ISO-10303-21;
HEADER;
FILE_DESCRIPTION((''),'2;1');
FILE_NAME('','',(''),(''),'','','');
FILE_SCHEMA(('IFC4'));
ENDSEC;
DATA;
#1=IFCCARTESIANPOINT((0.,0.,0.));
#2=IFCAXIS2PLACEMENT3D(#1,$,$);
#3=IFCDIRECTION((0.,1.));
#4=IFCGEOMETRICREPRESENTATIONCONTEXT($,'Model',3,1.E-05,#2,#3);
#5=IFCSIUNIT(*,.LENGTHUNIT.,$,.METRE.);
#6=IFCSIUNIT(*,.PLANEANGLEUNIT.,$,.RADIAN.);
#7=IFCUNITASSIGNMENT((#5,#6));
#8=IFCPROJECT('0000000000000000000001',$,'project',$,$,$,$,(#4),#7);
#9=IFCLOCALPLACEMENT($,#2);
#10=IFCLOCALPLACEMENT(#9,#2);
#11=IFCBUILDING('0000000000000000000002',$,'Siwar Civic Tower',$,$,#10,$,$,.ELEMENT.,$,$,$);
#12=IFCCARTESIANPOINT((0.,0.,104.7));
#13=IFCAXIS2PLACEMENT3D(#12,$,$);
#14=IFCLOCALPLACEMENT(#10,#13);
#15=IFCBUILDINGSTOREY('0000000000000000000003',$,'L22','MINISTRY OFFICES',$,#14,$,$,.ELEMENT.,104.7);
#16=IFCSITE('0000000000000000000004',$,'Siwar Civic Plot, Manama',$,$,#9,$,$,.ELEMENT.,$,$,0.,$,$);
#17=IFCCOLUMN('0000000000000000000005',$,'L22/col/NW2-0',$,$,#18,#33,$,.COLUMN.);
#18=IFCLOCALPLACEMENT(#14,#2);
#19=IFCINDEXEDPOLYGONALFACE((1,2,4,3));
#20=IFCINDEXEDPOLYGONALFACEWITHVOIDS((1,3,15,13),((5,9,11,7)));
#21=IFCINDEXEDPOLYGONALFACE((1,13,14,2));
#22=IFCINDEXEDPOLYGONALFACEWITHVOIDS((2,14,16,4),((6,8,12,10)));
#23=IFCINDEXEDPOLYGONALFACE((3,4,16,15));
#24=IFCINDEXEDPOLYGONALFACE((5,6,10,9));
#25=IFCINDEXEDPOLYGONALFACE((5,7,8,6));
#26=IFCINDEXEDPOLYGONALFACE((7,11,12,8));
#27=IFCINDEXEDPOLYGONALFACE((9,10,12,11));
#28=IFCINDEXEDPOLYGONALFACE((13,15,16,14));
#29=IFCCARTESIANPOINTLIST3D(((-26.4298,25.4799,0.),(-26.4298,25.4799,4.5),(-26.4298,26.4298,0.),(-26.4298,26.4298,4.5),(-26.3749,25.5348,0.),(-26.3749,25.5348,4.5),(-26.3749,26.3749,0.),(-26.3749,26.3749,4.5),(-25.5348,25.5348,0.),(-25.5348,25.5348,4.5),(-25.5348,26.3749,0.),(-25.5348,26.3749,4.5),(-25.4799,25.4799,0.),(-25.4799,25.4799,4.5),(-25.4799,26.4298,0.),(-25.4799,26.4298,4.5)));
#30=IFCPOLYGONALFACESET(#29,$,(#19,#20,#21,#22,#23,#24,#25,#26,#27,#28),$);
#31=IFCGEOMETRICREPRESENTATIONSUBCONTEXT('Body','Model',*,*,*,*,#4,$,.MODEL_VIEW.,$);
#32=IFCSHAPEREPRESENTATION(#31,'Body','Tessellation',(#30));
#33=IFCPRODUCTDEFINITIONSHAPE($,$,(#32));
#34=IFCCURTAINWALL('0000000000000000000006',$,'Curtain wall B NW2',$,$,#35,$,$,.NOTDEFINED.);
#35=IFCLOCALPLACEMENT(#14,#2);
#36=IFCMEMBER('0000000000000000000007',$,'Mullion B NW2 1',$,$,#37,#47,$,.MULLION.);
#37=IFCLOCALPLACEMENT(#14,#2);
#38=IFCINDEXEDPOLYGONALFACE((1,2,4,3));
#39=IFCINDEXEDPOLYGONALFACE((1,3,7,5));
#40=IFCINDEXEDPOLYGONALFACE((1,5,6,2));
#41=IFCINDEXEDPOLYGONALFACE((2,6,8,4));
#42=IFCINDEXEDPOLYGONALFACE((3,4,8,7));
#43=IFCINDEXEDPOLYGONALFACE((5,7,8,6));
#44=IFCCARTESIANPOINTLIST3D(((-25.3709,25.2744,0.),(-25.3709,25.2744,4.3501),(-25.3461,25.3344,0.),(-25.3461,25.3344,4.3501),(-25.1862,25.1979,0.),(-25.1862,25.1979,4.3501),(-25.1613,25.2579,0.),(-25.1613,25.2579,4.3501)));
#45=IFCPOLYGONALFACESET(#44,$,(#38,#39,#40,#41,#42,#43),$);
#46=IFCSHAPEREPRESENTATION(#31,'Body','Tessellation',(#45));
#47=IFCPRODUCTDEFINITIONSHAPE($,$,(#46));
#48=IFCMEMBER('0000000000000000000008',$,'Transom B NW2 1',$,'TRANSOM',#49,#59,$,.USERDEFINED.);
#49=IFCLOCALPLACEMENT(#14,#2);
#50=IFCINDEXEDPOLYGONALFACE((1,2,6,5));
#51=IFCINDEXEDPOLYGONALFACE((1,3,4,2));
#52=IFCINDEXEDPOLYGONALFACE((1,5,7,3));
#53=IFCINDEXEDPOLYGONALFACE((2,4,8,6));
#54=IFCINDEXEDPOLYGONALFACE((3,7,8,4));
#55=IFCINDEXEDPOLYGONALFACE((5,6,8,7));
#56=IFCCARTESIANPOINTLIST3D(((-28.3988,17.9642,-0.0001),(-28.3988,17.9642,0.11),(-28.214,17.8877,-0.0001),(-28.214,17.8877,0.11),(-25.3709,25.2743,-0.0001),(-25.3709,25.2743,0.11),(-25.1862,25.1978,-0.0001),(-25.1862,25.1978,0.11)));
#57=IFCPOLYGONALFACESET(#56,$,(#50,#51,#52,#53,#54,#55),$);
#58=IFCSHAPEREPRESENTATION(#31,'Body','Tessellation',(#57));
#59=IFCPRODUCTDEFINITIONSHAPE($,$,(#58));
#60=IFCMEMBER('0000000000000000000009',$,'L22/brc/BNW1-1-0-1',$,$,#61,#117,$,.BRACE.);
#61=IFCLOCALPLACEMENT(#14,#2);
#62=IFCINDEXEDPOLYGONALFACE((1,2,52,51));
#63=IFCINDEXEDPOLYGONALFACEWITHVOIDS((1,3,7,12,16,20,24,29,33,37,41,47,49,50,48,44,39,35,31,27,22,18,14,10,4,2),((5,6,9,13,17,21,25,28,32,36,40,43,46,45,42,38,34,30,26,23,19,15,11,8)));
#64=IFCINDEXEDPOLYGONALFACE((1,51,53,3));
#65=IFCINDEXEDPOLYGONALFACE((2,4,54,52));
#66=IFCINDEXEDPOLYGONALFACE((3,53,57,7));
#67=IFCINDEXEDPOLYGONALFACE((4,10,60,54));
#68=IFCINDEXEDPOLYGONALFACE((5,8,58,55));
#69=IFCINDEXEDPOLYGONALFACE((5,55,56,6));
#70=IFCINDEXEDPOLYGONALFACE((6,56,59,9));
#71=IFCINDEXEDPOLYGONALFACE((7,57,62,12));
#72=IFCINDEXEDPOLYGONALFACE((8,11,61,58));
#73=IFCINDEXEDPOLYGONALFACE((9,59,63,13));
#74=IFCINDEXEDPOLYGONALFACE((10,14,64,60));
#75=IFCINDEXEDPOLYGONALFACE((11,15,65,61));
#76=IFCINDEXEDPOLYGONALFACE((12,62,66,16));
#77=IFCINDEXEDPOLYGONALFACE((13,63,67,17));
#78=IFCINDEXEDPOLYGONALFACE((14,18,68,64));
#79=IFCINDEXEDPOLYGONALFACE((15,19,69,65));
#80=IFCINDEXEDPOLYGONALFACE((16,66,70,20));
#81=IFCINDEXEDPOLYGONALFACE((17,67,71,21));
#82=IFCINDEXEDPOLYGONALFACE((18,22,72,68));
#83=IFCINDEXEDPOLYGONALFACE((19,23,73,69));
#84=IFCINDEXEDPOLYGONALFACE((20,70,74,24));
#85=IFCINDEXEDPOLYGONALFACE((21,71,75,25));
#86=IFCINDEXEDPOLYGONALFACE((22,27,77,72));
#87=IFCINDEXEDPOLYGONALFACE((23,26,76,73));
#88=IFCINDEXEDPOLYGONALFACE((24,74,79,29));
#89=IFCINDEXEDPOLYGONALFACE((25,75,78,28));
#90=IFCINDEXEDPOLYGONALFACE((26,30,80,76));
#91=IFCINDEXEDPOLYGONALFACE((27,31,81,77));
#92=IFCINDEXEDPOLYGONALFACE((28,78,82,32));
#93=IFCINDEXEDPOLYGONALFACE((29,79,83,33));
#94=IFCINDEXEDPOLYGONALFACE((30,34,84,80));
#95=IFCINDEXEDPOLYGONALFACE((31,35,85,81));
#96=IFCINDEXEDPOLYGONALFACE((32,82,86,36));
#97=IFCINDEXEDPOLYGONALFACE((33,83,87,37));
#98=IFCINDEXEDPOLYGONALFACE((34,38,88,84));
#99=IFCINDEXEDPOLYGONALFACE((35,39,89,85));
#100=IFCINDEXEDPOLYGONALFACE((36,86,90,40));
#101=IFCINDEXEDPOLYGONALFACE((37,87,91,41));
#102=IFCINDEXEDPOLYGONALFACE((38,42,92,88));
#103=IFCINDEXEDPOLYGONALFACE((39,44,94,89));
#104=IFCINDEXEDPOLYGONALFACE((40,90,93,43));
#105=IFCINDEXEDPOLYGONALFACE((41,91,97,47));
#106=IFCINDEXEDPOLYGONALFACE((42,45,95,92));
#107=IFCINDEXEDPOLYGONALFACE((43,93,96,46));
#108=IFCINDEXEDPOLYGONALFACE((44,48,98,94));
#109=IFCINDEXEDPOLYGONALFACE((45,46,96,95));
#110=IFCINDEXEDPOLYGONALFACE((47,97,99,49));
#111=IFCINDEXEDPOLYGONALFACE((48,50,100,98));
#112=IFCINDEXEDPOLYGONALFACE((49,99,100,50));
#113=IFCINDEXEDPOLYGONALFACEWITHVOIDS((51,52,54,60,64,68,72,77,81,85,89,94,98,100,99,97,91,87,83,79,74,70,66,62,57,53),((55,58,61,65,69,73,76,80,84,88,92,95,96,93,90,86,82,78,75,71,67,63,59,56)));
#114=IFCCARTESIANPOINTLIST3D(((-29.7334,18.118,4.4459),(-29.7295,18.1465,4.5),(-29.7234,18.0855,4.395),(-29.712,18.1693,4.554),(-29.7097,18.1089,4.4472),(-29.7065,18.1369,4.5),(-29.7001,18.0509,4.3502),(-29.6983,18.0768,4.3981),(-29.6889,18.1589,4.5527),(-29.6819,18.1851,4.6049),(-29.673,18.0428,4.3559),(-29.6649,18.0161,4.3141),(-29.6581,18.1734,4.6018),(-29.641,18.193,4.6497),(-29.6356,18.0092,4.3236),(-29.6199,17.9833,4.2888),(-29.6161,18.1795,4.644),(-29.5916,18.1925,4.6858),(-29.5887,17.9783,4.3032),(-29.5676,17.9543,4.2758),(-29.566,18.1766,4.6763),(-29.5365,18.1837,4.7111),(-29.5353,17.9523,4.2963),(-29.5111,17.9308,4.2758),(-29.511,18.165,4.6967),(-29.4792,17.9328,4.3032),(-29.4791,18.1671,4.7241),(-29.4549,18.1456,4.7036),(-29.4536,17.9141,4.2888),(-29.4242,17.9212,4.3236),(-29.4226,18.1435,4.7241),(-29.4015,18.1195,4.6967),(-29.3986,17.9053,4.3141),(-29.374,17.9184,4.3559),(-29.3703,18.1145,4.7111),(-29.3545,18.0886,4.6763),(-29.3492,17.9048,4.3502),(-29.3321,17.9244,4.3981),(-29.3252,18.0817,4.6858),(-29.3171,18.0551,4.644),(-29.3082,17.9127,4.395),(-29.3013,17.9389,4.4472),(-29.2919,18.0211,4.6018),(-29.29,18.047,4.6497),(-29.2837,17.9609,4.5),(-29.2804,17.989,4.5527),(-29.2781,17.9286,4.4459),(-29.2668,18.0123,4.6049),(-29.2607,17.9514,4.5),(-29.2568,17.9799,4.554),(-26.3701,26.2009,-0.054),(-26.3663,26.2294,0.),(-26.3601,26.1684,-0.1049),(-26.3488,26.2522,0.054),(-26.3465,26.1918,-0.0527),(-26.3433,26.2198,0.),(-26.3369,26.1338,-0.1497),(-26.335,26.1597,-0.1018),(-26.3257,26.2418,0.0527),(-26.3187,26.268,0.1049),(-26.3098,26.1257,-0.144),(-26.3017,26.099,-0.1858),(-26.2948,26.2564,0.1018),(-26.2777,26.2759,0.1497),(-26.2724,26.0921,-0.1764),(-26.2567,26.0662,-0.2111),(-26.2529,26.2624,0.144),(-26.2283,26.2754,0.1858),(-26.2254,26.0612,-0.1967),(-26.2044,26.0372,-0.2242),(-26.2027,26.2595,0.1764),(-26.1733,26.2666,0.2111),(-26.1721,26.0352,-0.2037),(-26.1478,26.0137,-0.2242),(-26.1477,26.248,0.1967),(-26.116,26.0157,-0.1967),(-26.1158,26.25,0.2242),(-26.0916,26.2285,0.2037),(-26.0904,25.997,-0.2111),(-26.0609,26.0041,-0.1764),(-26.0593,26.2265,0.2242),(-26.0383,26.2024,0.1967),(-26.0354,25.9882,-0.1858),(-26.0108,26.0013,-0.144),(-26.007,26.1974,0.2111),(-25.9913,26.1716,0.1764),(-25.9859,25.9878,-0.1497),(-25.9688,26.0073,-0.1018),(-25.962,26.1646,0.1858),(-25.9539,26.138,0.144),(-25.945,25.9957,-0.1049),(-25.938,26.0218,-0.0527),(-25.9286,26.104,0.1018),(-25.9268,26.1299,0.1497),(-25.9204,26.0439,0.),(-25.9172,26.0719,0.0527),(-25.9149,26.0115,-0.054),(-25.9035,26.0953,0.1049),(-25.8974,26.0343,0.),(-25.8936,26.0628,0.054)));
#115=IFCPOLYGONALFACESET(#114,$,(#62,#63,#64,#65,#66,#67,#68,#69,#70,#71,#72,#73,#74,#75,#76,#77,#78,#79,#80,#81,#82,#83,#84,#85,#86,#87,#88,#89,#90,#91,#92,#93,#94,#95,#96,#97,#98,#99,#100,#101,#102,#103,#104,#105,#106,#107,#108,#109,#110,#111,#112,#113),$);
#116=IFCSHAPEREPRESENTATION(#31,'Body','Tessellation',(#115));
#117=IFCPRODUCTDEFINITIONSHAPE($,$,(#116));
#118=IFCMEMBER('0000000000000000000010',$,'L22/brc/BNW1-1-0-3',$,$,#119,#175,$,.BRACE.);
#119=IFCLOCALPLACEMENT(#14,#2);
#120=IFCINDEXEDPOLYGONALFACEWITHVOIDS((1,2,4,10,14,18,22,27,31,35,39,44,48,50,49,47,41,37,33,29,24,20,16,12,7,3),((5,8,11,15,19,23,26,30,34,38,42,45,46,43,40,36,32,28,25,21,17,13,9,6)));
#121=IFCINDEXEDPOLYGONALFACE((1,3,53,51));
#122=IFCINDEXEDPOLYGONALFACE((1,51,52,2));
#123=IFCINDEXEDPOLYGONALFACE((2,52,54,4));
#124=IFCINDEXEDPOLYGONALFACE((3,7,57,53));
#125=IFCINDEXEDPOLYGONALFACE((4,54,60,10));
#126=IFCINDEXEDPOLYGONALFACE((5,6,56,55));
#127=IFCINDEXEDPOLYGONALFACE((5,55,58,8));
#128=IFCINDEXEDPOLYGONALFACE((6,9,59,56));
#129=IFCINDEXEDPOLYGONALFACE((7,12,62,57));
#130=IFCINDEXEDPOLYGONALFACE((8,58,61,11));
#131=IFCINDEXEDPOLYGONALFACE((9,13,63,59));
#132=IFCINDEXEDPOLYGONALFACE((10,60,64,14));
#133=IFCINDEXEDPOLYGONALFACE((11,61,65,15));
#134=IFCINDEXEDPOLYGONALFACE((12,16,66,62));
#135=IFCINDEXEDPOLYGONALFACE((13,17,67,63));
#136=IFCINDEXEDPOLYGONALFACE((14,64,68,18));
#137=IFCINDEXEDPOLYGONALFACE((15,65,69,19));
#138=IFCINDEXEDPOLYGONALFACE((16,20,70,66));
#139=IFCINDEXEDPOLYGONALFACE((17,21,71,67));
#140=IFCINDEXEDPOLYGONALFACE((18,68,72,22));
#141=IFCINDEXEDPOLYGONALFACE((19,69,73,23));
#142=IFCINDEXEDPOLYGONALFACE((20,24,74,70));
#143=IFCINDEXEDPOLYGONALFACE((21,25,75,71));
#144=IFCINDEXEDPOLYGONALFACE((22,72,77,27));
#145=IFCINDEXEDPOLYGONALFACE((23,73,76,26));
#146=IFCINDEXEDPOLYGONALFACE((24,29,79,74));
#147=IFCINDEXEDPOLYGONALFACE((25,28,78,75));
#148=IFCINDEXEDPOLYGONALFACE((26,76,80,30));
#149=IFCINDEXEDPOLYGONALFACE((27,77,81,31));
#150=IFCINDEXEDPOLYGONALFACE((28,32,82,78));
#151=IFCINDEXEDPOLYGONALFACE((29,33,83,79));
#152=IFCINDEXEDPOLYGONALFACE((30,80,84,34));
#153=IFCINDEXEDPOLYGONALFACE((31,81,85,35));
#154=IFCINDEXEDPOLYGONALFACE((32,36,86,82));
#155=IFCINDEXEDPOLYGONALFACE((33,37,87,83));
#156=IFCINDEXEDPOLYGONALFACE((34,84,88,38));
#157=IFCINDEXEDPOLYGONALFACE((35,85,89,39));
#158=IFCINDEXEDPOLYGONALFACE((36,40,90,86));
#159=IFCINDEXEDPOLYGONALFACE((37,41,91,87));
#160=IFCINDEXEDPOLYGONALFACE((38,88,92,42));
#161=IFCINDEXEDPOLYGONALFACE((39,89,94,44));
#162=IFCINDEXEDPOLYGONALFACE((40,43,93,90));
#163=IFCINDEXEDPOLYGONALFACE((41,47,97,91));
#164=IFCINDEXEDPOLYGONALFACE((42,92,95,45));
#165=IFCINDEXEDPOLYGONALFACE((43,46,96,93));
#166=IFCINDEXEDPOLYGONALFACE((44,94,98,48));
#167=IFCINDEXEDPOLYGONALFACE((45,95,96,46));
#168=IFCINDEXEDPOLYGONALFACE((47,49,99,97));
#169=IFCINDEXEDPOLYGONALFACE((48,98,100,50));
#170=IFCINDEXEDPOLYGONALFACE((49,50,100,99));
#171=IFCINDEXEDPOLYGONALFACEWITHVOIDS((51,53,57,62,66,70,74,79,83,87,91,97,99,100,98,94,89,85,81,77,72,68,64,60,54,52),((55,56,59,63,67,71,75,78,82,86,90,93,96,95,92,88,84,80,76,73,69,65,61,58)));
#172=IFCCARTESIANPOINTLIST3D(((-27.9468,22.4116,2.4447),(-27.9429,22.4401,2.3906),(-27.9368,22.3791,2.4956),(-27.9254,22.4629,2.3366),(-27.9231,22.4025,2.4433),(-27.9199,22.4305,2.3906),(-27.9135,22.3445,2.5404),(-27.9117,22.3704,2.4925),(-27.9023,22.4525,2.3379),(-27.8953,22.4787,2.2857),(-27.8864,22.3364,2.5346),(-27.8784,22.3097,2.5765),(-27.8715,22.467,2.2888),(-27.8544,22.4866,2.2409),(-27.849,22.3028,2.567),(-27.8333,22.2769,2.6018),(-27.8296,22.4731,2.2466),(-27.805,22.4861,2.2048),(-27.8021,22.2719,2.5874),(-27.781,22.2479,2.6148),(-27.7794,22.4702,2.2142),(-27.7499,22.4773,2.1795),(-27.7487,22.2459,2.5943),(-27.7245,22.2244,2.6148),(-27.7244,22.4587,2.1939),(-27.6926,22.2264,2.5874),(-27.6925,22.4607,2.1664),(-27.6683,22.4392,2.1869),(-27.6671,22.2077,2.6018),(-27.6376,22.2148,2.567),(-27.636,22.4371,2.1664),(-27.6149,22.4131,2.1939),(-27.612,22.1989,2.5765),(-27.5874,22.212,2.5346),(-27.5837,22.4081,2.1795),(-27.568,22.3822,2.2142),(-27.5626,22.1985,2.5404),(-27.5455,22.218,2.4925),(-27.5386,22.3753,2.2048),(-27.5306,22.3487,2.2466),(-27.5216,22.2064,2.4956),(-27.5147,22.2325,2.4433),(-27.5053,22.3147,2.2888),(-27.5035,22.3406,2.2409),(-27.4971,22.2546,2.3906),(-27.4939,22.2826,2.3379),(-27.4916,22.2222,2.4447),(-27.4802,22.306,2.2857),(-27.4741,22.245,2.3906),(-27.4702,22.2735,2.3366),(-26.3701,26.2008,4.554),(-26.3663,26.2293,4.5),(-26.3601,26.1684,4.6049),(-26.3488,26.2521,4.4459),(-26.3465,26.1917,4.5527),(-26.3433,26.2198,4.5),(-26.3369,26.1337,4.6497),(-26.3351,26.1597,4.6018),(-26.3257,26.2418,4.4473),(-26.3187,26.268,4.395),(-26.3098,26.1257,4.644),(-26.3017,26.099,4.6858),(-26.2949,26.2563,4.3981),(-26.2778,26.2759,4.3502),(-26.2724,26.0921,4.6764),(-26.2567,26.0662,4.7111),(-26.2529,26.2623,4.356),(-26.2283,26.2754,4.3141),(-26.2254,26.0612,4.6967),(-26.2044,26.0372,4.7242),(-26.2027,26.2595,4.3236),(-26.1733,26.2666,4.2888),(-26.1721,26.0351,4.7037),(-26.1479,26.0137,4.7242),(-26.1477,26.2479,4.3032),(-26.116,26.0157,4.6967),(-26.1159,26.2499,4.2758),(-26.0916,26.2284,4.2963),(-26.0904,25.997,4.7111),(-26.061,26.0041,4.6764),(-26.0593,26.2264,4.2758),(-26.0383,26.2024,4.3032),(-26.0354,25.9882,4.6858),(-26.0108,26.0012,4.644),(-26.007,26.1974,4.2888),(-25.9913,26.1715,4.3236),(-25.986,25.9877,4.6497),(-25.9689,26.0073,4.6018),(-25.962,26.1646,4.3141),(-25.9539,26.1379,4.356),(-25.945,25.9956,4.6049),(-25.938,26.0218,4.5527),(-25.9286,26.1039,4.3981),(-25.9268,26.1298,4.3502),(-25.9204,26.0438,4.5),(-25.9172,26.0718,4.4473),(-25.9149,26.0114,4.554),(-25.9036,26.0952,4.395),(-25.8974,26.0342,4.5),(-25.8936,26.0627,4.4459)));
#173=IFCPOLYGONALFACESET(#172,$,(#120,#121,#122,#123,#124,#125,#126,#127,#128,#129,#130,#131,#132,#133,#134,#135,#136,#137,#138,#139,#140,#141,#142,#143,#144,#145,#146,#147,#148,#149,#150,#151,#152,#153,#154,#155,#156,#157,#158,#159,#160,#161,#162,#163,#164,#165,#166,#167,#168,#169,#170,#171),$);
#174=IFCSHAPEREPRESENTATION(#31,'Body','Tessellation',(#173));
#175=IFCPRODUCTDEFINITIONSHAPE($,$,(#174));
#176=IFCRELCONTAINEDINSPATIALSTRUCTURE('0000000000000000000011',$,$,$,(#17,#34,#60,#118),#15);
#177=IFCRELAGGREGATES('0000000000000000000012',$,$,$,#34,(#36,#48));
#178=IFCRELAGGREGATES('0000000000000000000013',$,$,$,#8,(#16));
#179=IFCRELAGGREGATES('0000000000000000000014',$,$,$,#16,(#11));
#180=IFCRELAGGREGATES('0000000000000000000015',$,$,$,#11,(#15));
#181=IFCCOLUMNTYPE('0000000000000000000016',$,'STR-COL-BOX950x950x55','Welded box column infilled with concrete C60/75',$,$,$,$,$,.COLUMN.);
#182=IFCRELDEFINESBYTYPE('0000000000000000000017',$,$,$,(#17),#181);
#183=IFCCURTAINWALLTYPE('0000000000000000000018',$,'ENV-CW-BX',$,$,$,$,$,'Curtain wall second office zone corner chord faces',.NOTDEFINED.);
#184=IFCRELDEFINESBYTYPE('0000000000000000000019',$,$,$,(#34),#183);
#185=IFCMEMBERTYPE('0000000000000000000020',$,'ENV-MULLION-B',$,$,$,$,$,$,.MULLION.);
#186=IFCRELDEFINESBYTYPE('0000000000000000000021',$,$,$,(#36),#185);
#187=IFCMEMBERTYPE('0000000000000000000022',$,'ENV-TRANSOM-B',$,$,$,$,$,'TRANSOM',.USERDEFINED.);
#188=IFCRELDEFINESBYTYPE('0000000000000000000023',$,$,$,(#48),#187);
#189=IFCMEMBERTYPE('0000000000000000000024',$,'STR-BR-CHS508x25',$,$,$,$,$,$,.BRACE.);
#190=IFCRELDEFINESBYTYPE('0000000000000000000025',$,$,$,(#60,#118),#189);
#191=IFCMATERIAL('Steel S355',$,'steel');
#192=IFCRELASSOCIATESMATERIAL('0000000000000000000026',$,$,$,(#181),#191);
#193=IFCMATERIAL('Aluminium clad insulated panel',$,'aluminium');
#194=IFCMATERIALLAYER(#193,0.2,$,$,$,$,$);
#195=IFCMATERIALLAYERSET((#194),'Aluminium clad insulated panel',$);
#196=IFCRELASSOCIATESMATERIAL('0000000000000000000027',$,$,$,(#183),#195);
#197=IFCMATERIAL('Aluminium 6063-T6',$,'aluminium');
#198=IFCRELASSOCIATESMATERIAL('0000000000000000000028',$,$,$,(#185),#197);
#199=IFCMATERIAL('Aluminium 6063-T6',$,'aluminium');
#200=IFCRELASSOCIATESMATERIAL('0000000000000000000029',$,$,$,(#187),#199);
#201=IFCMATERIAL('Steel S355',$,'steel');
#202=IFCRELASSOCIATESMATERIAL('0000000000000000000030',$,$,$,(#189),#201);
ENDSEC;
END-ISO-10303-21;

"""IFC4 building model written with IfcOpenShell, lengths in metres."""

from ifc_helpers import new_model, si_unit, direction, frame, origin, origin_2d, place, context, subcontext, project, spatial, rectangle, hollow_rectangle, hollow_circle, extrude, material, layer, layer_set, material_profile, profile_set, type_object, element, aggregate, save


model = new_model("IFC4")

# Units and contexts
model_context = context("Model", 3, precision=1e-05, world=origin(), true_north=direction((0.0, 1.0)))
body_context = subcontext(model_context, "Body", "Model", "MODEL_VIEW")
ifc_project = project(units=[si_unit("LENGTHUNIT", "METRE"), si_unit("PLANEANGLEUNIT", "RADIAN")], contexts=[model_context])

# Site, building, storey
site_placement = place(None, origin())
site = spatial("IfcSite", under=ifc_project, at=site_placement, Name="Siwar Civic Plot, Manama", CompositionType="ELEMENT", RefElevation=0.0)
building_placement = place(site_placement, origin())
building = spatial("IfcBuilding", under=site, at=building_placement, Name="Siwar Civic Tower", CompositionType="ELEMENT")
storey_placement = place(building_placement, frame((0.0, 0.0, 104.7)))
storey = spatial("IfcBuildingStorey", under=building, at=storey_placement, Name="L22", Description="MINISTRY OFFICES", CompositionType="ELEMENT", Elevation=104.7)

# Column
ifc_material_1 = material(Name="Steel S355", Category="steel")
ifc_material_profile_1 = material_profile(ifc_material_1, hollow_rectangle(XDim=0.95, YDim=0.95, WallThickness=0.0549, at=origin_2d()), Name="BOX950x950x55")
ifc_profile_set_1 = profile_set([ifc_material_profile_1], Name="Steel S355")
column_type = type_object("IfcColumnType", Name="STR-COL-BOX950x950x55", Description="Welded box column infilled with concrete C60/75", PredefinedType="COLUMN", material=ifc_profile_set_1)
column_placement = place(storey_placement, frame((-25.9548, 25.9548, 0.0), z_axis=(0.0, 0.0, 1.0), x_axis=(1.0, 0.0, 0.0)))
element("IfcColumn", 1, at=column_placement, inside=storey, type_object=column_type, Name="L22/col/NW2-0", PredefinedType="COLUMN", context=body_context, shape_type="SweptSolid", body=[
    extrude(hollow_rectangle(XDim=0.95, YDim=0.95, WallThickness=0.0549, at=origin_2d()), origin(), (0.0, 0.0, 1.0), 4.5),
])

# Curtain wall, members
ifc_material_2 = material(Name="Aluminium clad insulated panel", Category="aluminium")
ifc_layer_1 = layer(ifc_material_2, 0.2)
ifc_layer_set_1 = layer_set([ifc_layer_1], Name="Aluminium clad insulated panel")
curtain_wall_type = type_object("IfcCurtainWallType", Name="ENV-CW-BX", ElementType="Curtain wall second office zone corner chord faces", PredefinedType="NOTDEFINED", material=ifc_layer_set_1)
curtain_wall_placement = place(storey_placement, origin())
curtain_wall = element("IfcCurtainWall", 2, at=curtain_wall_placement, inside=storey, type_object=curtain_wall_type, Name="Curtain wall B NW2", PredefinedType="NOTDEFINED")
ifc_material_3 = material(Name="Aluminium 6063-T6", Category="aluminium")
ifc_material_profile_2 = material_profile(ifc_material_3, rectangle(XDim=0.2, YDim=0.0649, at=origin_2d()), Name="AL 200x65")
ifc_profile_set_2 = profile_set([ifc_material_profile_2], Name="Aluminium 6063-T6")
member_type_1 = type_object("IfcMemberType", Name="ENV-MULLION-B", PredefinedType="MULLION", material=ifc_profile_set_2)
member_1_placement = place(storey_placement, frame((-25.2661, 25.2661, 0.0), z_axis=(0.0, 0.0, 1.0), x_axis=(0.92388, -0.382683, 0.0)))
member_1 = element("IfcMember", 3, at=member_1_placement, type_object=member_type_1, Name="Mullion B NW2 1", PredefinedType="MULLION", context=body_context, shape_type="SweptSolid", body=[
    extrude(rectangle(XDim=0.2, YDim=0.0649, at=origin_2d()), origin(), (0.0, 0.0, 1.0), 4.3501),
])
ifc_material_4 = material(Name="Aluminium 6063-T6", Category="aluminium")
ifc_material_profile_3 = material_profile(ifc_material_4, rectangle(XDim=0.2, YDim=0.1101, at=origin_2d()), Name="AL 200x110")
ifc_profile_set_3 = profile_set([ifc_material_profile_3], Name="Aluminium 6063-T6")
member_type_2 = type_object("IfcMemberType", Name="ENV-TRANSOM-B", ElementType="TRANSOM", PredefinedType="USERDEFINED", material=ifc_profile_set_3)
member_2_placement = place(storey_placement, frame((-25.2786, 25.2361, 0.0549), z_axis=(-0.382673, -0.923884, 0.0), x_axis=(0.923884, -0.382673, 0.0)))
member_2 = element("IfcMember", 4, at=member_2_placement, type_object=member_type_2, Name="Transom B NW2 1", ObjectType="TRANSOM", PredefinedType="USERDEFINED", context=body_context, shape_type="SweptSolid", body=[
    extrude(rectangle(XDim=0.2, YDim=0.1101, at=origin_2d()), origin(), (0.0, 0.0, 1.0), 7.9124),
])

# Members
ifc_material_5 = material(Name="Steel S355", Category="steel")
ifc_material_profile_4 = material_profile(ifc_material_5, hollow_circle(Radius=0.2539, WallThickness=0.0249, at=origin_2d()), Name="CHS508x25")
ifc_profile_set_4 = profile_set([ifc_material_profile_4], Name="Steel S355")
member_type_3 = type_object("IfcMemberType", Name="STR-BR-CHS508x25", PredefinedType="BRACE", material=ifc_profile_set_4)
member_3_placement = place(storey_placement, frame((-26.1318, 26.1318, 0.0), z_axis=(-0.341671, -0.821143, 0.457149), x_axis=(0.923265, -0.384164, 0.0)))
element("IfcMember", 5, at=member_3_placement, inside=storey, type_object=member_type_3, Name="L22/brc/BNW1-1-0-1", PredefinedType="BRACE", context=body_context, shape_type="SweptSolid", body=[
    extrude(hollow_circle(Radius=0.2539, WallThickness=0.0249, at=origin_2d()), origin(), (0.0, 0.0, 1.0), 9.8435),
])
member_4_placement = place(storey_placement, frame((-27.7085, 22.3425, 2.3906), z_axis=(0.341671, 0.821163, 0.457113), x_axis=(-0.923269, 0.384155, 0.0)))
element("IfcMember", 6, at=member_4_placement, inside=storey, type_object=member_type_3, Name="L22/brc/BNW1-1-0-3", PredefinedType="BRACE", context=body_context, shape_type="SweptSolid", body=[
    extrude(hollow_circle(Radius=0.2539, WallThickness=0.0249, at=origin_2d()), origin(), (0.0, 0.0, 1.0), 4.6145),
])

aggregate(curtain_wall, [member_1, member_2])

save(model, "model.ifc")
